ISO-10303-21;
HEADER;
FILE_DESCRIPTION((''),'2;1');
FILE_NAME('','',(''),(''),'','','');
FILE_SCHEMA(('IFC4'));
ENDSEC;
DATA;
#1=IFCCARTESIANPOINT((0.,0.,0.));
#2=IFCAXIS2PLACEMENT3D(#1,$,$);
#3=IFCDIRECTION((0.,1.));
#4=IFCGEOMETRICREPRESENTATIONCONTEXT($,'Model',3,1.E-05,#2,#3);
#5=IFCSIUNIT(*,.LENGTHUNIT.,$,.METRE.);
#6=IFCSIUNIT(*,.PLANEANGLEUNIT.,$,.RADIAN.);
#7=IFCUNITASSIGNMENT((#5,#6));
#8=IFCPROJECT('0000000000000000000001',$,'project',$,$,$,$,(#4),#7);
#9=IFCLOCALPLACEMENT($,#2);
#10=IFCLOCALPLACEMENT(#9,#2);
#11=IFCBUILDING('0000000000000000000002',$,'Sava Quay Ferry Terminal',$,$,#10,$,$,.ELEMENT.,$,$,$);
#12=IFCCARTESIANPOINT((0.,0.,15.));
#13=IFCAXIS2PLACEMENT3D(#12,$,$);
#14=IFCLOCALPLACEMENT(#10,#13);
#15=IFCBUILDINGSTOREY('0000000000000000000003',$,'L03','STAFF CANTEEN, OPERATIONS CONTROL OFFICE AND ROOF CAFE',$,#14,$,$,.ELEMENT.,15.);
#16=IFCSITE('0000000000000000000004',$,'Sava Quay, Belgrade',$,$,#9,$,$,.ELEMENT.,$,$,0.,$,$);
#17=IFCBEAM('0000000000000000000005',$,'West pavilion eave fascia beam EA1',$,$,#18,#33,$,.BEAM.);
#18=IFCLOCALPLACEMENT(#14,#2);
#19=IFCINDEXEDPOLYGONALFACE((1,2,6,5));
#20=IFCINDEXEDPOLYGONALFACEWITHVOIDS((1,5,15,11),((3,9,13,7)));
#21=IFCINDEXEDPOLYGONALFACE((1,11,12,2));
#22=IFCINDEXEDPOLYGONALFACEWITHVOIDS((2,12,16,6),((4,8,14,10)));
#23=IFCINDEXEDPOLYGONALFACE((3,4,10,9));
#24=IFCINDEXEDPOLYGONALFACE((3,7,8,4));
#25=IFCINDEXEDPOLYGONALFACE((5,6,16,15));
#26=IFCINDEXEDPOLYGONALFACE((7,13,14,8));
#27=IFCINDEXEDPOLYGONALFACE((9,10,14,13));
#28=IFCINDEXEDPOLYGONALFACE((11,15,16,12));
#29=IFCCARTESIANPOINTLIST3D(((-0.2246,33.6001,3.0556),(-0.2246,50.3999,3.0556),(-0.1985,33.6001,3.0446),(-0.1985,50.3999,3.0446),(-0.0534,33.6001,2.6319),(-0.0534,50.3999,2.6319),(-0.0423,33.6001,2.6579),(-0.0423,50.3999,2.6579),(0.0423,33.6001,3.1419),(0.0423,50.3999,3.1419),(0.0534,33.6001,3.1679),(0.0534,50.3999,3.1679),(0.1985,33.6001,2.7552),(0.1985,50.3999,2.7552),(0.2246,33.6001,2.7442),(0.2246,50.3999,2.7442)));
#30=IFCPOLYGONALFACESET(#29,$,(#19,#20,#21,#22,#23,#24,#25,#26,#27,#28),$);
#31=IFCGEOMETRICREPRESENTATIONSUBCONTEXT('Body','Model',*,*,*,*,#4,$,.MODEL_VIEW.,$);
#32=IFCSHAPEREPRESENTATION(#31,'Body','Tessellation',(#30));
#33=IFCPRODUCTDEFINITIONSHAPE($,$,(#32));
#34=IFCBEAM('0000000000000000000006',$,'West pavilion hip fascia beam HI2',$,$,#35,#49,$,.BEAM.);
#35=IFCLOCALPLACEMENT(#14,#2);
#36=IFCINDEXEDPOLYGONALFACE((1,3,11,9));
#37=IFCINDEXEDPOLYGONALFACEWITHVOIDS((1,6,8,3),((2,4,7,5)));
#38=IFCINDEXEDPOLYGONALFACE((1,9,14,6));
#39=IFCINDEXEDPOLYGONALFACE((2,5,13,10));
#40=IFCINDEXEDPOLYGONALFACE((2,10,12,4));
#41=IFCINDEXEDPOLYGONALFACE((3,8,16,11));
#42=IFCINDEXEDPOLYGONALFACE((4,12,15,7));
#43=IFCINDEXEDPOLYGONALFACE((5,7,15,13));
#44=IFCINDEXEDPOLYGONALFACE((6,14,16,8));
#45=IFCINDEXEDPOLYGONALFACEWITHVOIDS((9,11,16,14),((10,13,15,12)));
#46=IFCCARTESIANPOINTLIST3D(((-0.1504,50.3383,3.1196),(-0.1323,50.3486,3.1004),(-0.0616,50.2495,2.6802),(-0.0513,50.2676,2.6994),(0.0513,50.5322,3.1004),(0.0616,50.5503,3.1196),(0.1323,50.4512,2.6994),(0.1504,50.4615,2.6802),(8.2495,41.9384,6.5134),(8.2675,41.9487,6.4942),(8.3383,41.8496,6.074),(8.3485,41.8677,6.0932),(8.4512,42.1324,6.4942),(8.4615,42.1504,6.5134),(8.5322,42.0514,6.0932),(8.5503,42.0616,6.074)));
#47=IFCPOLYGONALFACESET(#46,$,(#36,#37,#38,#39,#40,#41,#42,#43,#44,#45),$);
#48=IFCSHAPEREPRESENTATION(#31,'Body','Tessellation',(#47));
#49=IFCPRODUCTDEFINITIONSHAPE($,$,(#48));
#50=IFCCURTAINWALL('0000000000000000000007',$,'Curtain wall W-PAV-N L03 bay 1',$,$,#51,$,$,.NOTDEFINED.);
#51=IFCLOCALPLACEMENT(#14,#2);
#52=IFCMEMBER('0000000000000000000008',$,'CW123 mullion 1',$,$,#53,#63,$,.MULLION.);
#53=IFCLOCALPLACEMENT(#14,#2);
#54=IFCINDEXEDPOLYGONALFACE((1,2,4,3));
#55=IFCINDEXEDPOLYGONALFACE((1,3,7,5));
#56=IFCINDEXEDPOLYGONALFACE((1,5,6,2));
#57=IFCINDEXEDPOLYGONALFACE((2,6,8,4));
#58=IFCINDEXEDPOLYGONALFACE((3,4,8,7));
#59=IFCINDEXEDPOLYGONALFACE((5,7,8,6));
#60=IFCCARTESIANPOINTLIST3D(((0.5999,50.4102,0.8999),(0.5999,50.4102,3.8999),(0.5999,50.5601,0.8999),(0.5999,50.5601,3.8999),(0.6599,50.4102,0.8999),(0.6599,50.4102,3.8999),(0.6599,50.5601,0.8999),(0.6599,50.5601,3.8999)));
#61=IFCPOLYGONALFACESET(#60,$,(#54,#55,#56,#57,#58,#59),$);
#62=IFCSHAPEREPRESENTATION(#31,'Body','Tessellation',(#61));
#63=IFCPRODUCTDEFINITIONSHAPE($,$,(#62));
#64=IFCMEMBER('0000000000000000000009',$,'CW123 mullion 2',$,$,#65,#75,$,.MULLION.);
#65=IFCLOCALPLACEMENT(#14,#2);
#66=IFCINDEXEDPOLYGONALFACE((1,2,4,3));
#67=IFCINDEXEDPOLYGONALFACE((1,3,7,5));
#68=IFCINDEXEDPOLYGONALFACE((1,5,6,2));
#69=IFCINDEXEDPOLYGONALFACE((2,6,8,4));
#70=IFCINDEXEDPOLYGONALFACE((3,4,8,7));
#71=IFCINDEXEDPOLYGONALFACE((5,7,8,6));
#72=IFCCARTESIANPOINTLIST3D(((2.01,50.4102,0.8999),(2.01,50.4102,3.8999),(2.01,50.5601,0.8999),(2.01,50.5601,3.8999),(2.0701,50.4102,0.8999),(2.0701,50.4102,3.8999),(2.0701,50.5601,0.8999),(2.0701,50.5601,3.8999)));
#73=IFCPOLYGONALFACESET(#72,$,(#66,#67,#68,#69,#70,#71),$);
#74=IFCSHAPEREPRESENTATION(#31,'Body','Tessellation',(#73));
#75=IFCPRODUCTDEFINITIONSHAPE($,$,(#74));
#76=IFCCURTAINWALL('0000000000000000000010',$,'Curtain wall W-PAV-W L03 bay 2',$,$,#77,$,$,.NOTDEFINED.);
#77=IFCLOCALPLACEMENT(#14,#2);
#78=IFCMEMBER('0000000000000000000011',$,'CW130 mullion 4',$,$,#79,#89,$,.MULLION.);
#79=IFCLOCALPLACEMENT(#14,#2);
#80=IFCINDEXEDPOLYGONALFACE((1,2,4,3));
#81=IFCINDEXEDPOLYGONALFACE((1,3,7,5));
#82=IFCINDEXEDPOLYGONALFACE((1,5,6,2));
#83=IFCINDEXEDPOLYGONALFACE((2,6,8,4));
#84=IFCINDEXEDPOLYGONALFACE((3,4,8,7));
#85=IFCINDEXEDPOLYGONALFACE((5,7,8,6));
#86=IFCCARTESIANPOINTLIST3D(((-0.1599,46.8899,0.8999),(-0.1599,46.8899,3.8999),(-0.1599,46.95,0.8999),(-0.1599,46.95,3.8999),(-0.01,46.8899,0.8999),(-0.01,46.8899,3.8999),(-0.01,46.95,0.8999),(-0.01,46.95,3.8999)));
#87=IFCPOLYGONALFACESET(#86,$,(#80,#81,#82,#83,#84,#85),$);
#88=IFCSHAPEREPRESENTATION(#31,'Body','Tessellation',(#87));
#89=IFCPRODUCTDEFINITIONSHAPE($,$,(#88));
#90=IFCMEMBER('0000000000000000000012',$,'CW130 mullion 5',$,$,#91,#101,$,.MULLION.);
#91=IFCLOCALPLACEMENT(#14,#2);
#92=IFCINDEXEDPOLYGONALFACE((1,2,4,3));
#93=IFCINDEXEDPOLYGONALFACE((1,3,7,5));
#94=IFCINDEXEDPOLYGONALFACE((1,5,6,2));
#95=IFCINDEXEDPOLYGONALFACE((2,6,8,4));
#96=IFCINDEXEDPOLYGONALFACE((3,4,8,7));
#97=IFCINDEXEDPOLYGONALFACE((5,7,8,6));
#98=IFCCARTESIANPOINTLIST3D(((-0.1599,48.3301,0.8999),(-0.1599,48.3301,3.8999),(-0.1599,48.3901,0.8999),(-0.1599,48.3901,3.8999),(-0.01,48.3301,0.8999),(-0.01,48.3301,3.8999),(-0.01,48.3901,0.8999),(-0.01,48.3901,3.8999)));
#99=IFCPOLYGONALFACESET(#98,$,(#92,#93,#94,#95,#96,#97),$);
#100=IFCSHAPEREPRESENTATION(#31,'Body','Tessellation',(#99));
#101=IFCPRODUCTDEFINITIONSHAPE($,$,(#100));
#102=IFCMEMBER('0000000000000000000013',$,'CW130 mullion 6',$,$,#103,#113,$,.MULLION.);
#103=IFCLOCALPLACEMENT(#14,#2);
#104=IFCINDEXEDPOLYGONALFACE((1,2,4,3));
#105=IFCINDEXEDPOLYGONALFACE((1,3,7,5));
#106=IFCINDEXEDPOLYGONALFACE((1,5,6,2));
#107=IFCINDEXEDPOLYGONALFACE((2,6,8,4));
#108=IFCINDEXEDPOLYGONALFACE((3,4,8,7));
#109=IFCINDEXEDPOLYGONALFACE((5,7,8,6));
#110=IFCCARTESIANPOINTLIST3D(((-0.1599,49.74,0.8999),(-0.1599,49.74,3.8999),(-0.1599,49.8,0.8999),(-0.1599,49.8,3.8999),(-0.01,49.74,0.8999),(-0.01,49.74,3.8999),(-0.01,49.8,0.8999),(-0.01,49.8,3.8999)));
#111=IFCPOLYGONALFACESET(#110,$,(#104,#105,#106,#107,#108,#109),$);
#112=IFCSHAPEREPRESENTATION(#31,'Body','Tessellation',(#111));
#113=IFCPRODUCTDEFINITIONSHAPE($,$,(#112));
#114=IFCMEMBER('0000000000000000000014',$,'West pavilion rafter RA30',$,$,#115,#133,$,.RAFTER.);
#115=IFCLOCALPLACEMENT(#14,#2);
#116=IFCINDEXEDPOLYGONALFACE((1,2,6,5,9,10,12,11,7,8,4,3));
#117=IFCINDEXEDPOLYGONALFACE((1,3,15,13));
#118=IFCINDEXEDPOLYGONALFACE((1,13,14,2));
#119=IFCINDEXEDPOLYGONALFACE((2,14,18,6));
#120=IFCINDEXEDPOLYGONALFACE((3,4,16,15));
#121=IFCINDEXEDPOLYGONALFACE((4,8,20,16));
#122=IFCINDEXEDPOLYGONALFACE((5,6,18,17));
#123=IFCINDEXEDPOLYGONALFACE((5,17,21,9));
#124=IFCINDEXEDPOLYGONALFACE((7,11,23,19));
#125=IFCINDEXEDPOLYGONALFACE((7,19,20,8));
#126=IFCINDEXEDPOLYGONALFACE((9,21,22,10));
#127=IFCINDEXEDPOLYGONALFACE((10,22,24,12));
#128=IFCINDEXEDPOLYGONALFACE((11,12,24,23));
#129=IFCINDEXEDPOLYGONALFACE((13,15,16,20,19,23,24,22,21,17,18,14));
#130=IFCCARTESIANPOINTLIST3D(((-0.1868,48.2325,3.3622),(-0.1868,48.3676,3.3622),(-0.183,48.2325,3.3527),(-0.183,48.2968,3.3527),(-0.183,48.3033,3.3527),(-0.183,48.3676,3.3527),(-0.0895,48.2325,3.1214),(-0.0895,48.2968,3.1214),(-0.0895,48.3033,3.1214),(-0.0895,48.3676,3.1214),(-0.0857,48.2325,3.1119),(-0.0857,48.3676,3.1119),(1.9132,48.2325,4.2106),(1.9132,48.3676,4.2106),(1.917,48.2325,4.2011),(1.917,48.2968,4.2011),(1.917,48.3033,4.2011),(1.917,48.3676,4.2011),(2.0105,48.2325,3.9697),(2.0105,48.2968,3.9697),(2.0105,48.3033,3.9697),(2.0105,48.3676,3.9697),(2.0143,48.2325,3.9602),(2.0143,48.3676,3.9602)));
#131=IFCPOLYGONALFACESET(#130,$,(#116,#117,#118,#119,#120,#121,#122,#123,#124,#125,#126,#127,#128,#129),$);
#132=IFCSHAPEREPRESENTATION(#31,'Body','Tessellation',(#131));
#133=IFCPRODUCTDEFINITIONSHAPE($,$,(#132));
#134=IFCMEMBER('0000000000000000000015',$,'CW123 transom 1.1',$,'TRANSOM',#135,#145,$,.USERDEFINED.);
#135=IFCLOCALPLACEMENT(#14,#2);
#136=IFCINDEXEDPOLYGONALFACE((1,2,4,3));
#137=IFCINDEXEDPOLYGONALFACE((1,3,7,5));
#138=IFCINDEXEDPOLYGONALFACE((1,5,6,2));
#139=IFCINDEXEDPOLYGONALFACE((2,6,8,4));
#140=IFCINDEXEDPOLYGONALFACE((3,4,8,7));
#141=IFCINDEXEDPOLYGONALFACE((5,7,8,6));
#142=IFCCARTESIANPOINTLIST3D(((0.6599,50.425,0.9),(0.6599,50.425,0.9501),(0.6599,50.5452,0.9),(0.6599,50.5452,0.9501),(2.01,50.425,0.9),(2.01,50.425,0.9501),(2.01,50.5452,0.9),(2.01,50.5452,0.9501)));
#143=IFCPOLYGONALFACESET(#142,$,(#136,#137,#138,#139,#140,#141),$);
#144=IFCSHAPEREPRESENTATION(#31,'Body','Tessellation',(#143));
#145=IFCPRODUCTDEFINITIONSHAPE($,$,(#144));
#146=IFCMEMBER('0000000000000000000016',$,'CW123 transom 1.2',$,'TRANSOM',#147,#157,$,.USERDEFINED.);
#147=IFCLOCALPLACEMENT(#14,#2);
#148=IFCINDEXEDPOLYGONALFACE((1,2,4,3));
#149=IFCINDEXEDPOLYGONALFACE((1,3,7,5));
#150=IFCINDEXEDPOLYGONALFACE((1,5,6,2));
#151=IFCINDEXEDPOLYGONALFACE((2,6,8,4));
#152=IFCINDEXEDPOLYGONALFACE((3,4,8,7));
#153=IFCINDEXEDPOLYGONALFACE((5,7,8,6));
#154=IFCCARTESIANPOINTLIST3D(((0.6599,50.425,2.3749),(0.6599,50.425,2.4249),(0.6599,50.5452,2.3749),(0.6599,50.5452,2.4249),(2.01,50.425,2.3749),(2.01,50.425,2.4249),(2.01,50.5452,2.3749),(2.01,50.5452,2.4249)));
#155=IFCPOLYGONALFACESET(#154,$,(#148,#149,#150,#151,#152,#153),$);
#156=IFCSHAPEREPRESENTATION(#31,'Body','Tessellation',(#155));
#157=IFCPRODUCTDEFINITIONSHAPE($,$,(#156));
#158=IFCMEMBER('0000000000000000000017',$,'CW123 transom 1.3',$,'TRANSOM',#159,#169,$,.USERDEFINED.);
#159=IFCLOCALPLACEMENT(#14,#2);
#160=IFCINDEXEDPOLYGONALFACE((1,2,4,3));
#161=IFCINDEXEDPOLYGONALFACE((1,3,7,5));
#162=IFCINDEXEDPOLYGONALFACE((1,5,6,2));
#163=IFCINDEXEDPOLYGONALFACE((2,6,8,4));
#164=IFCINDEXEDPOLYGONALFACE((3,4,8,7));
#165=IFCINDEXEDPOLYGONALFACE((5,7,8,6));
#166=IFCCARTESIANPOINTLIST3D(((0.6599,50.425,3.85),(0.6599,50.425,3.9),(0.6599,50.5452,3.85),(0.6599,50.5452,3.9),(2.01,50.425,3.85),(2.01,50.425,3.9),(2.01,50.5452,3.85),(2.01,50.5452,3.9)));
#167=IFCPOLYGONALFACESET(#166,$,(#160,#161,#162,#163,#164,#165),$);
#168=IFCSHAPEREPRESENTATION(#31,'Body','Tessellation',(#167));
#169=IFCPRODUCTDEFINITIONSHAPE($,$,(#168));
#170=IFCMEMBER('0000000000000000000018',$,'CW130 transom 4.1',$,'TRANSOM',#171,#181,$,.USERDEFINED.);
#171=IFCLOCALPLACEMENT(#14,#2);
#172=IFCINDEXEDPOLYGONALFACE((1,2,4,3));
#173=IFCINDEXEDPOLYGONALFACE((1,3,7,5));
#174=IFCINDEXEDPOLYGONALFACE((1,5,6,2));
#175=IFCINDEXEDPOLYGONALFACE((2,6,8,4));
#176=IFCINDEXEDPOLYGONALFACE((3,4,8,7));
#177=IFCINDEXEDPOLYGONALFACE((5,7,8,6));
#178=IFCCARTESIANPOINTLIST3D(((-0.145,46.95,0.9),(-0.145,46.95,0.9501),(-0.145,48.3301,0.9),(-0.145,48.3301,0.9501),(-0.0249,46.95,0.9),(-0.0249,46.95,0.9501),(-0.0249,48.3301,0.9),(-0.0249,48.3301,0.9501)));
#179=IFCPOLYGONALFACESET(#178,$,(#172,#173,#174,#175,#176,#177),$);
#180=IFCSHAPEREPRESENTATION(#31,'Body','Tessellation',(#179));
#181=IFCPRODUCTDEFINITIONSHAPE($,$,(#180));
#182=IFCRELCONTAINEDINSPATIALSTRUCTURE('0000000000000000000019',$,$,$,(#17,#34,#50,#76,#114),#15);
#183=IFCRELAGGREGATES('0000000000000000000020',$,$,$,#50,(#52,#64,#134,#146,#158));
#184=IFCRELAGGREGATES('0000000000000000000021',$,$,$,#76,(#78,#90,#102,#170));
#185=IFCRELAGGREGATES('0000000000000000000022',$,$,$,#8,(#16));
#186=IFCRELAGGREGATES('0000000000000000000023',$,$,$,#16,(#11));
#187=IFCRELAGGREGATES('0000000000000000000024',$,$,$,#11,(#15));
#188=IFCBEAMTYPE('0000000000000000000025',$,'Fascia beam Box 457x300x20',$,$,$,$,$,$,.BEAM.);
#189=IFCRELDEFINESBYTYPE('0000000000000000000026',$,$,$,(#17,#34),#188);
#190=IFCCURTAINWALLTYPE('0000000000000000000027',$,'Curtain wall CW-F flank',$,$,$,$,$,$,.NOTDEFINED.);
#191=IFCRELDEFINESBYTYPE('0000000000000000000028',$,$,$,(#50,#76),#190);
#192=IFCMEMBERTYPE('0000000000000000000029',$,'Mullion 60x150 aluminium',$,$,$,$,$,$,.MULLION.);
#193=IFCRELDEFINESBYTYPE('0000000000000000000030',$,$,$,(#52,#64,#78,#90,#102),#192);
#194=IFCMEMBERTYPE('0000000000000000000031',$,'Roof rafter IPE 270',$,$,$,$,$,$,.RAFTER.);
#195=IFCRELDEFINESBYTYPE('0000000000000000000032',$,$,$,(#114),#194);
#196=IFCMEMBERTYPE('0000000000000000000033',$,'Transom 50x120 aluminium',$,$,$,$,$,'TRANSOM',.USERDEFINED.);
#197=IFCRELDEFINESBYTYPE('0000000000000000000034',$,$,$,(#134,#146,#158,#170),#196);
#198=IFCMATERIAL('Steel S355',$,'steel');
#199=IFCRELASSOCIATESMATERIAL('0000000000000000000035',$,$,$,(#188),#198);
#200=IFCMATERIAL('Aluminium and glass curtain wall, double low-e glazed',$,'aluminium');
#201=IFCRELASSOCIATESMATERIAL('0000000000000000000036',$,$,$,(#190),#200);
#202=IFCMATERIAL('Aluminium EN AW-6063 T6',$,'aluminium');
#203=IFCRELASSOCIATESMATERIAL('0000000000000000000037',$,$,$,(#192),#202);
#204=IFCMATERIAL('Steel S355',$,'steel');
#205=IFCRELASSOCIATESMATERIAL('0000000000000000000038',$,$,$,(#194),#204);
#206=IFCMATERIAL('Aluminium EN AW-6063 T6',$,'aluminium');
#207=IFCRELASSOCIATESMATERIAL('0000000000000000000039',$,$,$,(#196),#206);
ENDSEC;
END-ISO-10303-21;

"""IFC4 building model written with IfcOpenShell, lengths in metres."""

from ifc_helpers import new_model, si_unit, direction, frame, origin, origin_2d, place, context, subcontext, project, spatial, polyline, rectangle, i_section, outline, extrude, material, material_profile, profile_set, type_object, element, aggregate, save


model = new_model("IFC4")

# Units and contexts
model_context = context("Model", 3, precision=1e-05, world=origin(), true_north=direction((0.0, 1.0)))
body_context = subcontext(model_context, "Body", "Model", "MODEL_VIEW")
ifc_project = project(units=[si_unit("LENGTHUNIT", "METRE"), si_unit("PLANEANGLEUNIT", "RADIAN")], contexts=[model_context])

# Site, building, storey
site_placement = place(None, origin())
site = spatial("IfcSite", under=ifc_project, at=site_placement, Name="Sava Quay, Belgrade", CompositionType="ELEMENT", RefElevation=0.0)
building_placement = place(site_placement, origin())
building = spatial("IfcBuilding", under=site, at=building_placement, Name="Sava Quay Ferry Terminal", CompositionType="ELEMENT")
storey_placement = place(building_placement, frame((0.0, 0.0, 15.0)))
storey = spatial("IfcBuildingStorey", under=building, at=storey_placement, Name="L03", Description="STAFF CANTEEN, OPERATIONS CONTROL OFFICE AND ROOF CAFE", CompositionType="ELEMENT", Elevation=15.0)

# Beams
ifc_material_1 = material(Name="Steel S355", Category="steel")
ifc_material_profile_1 = material_profile(ifc_material_1, outline(polyline([(-0.1499, -0.2285), (0.1499, -0.2285), (0.1499, 0.2285), (-0.1499, 0.2285), (-0.1499, -0.2285)]), holes=[polyline([(-0.1299, -0.2085), (-0.1299, 0.2085), (0.1299, 0.2085), (0.1299, -0.2085), (-0.1299, -0.2085)])]), Name="Box 457x300x20 built-up")
ifc_profile_set_1 = profile_set([ifc_material_profile_1], Name="Steel S355")
beam_type = type_object("IfcBeamType", Name="Fascia beam Box 457x300x20", PredefinedType="BEAM", material=ifc_profile_set_1)
beam_1_placement = place(storey_placement, frame((0.0, 50.3999, 2.8999), z_axis=(0.0, -1.0, 0.0), x_axis=(0.927184, 0.0, 0.374607)))
element("IfcBeam", 1, at=beam_1_placement, inside=storey, type_object=beam_type, Name="West pavilion eave fascia beam EA1", PredefinedType="BEAM", context=body_context, shape_type="SweptSolid", body=[
    extrude(outline(polyline([(-0.1499, -0.2285), (0.1499, -0.2285), (0.1499, 0.2285), (-0.1499, 0.2285), (-0.1499, -0.2285)]), holes=[polyline([(-0.1299, -0.2085), (-0.1299, 0.2085), (0.1299, 0.2085), (0.1299, -0.2085), (-0.1299, -0.2085)])]), origin(), (0.0, 0.0, 1.0), 16.7998),
])
beam_2_placement = place(storey_placement, frame((0.0, 50.3999, 2.8999), z_axis=(0.679904, -0.679904, 0.274701), x_axis=(0.707107, 0.707107, 0.0)))
element("IfcBeam", 2, at=beam_2_placement, inside=storey, type_object=beam_type, Name="West pavilion hip fascia beam HI2", PredefinedType="BEAM", context=body_context, shape_type="SweptSolid", body=[
    extrude(outline(polyline([(-0.1499, -0.2285), (0.1499, -0.2285), (0.1499, 0.2285), (-0.1499, 0.2285), (-0.1499, -0.2285)]), holes=[polyline([(-0.1299, -0.2085), (-0.1299, 0.2085), (0.1299, 0.2085), (0.1299, -0.2085), (-0.1299, -0.2085)])]), origin(), (0.0, 0.0, 1.0), 12.3545),
])

# Curtain walls, members
ifc_material_2 = material(Name="Aluminium and glass curtain wall, double low-e glazed", Category="aluminium")
curtain_wall_type = type_object("IfcCurtainWallType", Name="Curtain wall CW-F flank", PredefinedType="NOTDEFINED", material=ifc_material_2)
curtain_wall_1_placement = place(storey_placement, origin())
curtain_wall_1 = element("IfcCurtainWall", 3, at=curtain_wall_1_placement, inside=storey, type_object=curtain_wall_type, Name="Curtain wall W-PAV-N L03 bay 1", PredefinedType="NOTDEFINED")
ifc_material_3 = material(Name="Aluminium EN AW-6063 T6", Category="aluminium")
ifc_material_profile_2 = material_profile(ifc_material_3, rectangle(XDim=0.1499, YDim=0.0601, at=origin_2d()), Name="Mullion 60x150 aluminium")
ifc_profile_set_2 = profile_set([ifc_material_profile_2], Name="Aluminium EN AW-6063 T6")
member_type_1 = type_object("IfcMemberType", Name="Mullion 60x150 aluminium", PredefinedType="MULLION", material=ifc_profile_set_2)
member_1_placement = place(storey_placement, frame((0.6299, 50.4851, 0.8999), z_axis=(0.0, 0.0, 1.0), x_axis=(0.0, 1.0, 0.0)))
member_1 = element("IfcMember", 4, at=member_1_placement, type_object=member_type_1, Name="CW123 mullion 1", PredefinedType="MULLION", context=body_context, shape_type="SweptSolid", body=[
    extrude(rectangle(XDim=0.1499, YDim=0.0601, at=origin_2d()), origin(), (0.0, 0.0, 1.0), 3.0),
])
member_2_placement = place(storey_placement, frame((2.04, 50.4851, 0.8999), z_axis=(0.0, 0.0, 1.0), x_axis=(0.0, 1.0, 0.0)))
member_2 = element("IfcMember", 5, at=member_2_placement, type_object=member_type_1, Name="CW123 mullion 2", PredefinedType="MULLION", context=body_context, shape_type="SweptSolid", body=[
    extrude(rectangle(XDim=0.1499, YDim=0.0601, at=origin_2d()), origin(), (0.0, 0.0, 1.0), 3.0),
])
curtain_wall_2_placement = place(storey_placement, origin())
curtain_wall_2 = element("IfcCurtainWall", 6, at=curtain_wall_2_placement, inside=storey, type_object=curtain_wall_type, Name="Curtain wall W-PAV-W L03 bay 2", PredefinedType="NOTDEFINED")
member_3_placement = place(storey_placement, frame((-0.085, 46.9199, 0.8999), z_axis=(0.0, 0.0, 1.0), x_axis=(-1.0, 0.0, 0.0)))
member_3 = element("IfcMember", 7, at=member_3_placement, type_object=member_type_1, Name="CW130 mullion 4", PredefinedType="MULLION", context=body_context, shape_type="SweptSolid", body=[
    extrude(rectangle(XDim=0.1499, YDim=0.0601, at=origin_2d()), origin(), (0.0, 0.0, 1.0), 3.0),
])
member_4_placement = place(storey_placement, frame((-0.085, 48.3601, 0.8999), z_axis=(0.0, 0.0, 1.0), x_axis=(-1.0, 0.0, 0.0)))
member_4 = element("IfcMember", 8, at=member_4_placement, type_object=member_type_1, Name="CW130 mullion 5", PredefinedType="MULLION", context=body_context, shape_type="SweptSolid", body=[
    extrude(rectangle(XDim=0.1499, YDim=0.0601, at=origin_2d()), origin(), (0.0, 0.0, 1.0), 3.0),
])
member_5_placement = place(storey_placement, frame((-0.085, 49.77, 0.8999), z_axis=(0.0, 0.0, 1.0), x_axis=(-1.0, 0.0, 0.0)))
member_5 = element("IfcMember", 9, at=member_5_placement, type_object=member_type_1, Name="CW130 mullion 6", PredefinedType="MULLION", context=body_context, shape_type="SweptSolid", body=[
    extrude(rectangle(XDim=0.1499, YDim=0.0601, at=origin_2d()), origin(), (0.0, 0.0, 1.0), 3.0),
])

# Members
ifc_material_4 = material(Name="Steel S355", Category="steel")
ifc_material_profile_3 = material_profile(ifc_material_4, i_section(OverallWidth=0.135, OverallDepth=0.27, WebThickness=0.0066, FlangeThickness=0.0103, at=origin_2d()), Name="IPE 270")
ifc_profile_set_3 = profile_set([ifc_material_profile_3], Name="Steel S355")
member_type_2 = type_object("IfcMemberType", Name="Roof rafter IPE 270", PredefinedType="RAFTER", material=ifc_profile_set_3)
member_6_placement = place(storey_placement, frame((-0.1362, 48.3, 3.2371), z_axis=(0.9272, 0.0, 0.374566), x_axis=(0.0, 1.0, 0.0)))
element("IfcMember", 10, at=member_6_placement, inside=storey, type_object=member_type_2, Name="West pavilion rafter RA30", PredefinedType="RAFTER", context=body_context, shape_type="SweptSolid", body=[
    extrude(i_section(OverallWidth=0.135, OverallDepth=0.27, WebThickness=0.0066, FlangeThickness=0.0103, at=origin_2d()), origin(), (0.0, 0.0, 1.0), 2.2649),
])
ifc_material_5 = material(Name="Aluminium EN AW-6063 T6", Category="aluminium")
ifc_material_profile_4 = material_profile(ifc_material_5, rectangle(XDim=0.1201, YDim=0.05, at=origin_2d()), Name="Transom 50x120 aluminium")
ifc_profile_set_4 = profile_set([ifc_material_profile_4], Name="Aluminium EN AW-6063 T6")
member_type_3 = type_object("IfcMemberType", Name="Transom 50x120 aluminium", ElementType="TRANSOM", PredefinedType="USERDEFINED", material=ifc_profile_set_4)
member_7_placement = place(storey_placement, frame((0.6599, 50.4851, 0.925), z_axis=(1.0, 0.0, 0.0), x_axis=(0.0, 1.0, 0.0)))
member_7 = element("IfcMember", 11, at=member_7_placement, type_object=member_type_3, Name="CW123 transom 1.1", ObjectType="TRANSOM", PredefinedType="USERDEFINED", context=body_context, shape_type="SweptSolid", body=[
    extrude(rectangle(XDim=0.1201, YDim=0.05, at=origin_2d()), origin(), (0.0, 0.0, 1.0), 1.3501),
])
member_8_placement = place(storey_placement, frame((0.6599, 50.4851, 2.3999), z_axis=(1.0, 0.0, 0.0), x_axis=(0.0, 1.0, 0.0)))
member_8 = element("IfcMember", 12, at=member_8_placement, type_object=member_type_3, Name="CW123 transom 1.2", ObjectType="TRANSOM", PredefinedType="USERDEFINED", context=body_context, shape_type="SweptSolid", body=[
    extrude(rectangle(XDim=0.1201, YDim=0.05, at=origin_2d()), origin(), (0.0, 0.0, 1.0), 1.3501),
])
member_9_placement = place(storey_placement, frame((0.6599, 50.4851, 3.875), z_axis=(1.0, 0.0, 0.0), x_axis=(0.0, 1.0, 0.0)))
member_9 = element("IfcMember", 13, at=member_9_placement, type_object=member_type_3, Name="CW123 transom 1.3", ObjectType="TRANSOM", PredefinedType="USERDEFINED", context=body_context, shape_type="SweptSolid", body=[
    extrude(rectangle(XDim=0.1201, YDim=0.05, at=origin_2d()), origin(), (0.0, 0.0, 1.0), 1.3501),
])
member_10_placement = place(storey_placement, frame((-0.085, 46.95, 0.925), z_axis=(0.0, 1.0, 0.0), x_axis=(-1.0, 0.0, 0.0)))
member_10 = element("IfcMember", 14, at=member_10_placement, type_object=member_type_3, Name="CW130 transom 4.1", ObjectType="TRANSOM", PredefinedType="USERDEFINED", context=body_context, shape_type="SweptSolid", body=[
    extrude(rectangle(XDim=0.1201, YDim=0.05, at=origin_2d()), origin(), (0.0, 0.0, 1.0), 1.3801),
])

aggregate(curtain_wall_1, [member_1, member_2, member_7, member_8, member_9])
aggregate(curtain_wall_2, [member_3, member_4, member_5, member_10])

save(model, "model.ifc")
